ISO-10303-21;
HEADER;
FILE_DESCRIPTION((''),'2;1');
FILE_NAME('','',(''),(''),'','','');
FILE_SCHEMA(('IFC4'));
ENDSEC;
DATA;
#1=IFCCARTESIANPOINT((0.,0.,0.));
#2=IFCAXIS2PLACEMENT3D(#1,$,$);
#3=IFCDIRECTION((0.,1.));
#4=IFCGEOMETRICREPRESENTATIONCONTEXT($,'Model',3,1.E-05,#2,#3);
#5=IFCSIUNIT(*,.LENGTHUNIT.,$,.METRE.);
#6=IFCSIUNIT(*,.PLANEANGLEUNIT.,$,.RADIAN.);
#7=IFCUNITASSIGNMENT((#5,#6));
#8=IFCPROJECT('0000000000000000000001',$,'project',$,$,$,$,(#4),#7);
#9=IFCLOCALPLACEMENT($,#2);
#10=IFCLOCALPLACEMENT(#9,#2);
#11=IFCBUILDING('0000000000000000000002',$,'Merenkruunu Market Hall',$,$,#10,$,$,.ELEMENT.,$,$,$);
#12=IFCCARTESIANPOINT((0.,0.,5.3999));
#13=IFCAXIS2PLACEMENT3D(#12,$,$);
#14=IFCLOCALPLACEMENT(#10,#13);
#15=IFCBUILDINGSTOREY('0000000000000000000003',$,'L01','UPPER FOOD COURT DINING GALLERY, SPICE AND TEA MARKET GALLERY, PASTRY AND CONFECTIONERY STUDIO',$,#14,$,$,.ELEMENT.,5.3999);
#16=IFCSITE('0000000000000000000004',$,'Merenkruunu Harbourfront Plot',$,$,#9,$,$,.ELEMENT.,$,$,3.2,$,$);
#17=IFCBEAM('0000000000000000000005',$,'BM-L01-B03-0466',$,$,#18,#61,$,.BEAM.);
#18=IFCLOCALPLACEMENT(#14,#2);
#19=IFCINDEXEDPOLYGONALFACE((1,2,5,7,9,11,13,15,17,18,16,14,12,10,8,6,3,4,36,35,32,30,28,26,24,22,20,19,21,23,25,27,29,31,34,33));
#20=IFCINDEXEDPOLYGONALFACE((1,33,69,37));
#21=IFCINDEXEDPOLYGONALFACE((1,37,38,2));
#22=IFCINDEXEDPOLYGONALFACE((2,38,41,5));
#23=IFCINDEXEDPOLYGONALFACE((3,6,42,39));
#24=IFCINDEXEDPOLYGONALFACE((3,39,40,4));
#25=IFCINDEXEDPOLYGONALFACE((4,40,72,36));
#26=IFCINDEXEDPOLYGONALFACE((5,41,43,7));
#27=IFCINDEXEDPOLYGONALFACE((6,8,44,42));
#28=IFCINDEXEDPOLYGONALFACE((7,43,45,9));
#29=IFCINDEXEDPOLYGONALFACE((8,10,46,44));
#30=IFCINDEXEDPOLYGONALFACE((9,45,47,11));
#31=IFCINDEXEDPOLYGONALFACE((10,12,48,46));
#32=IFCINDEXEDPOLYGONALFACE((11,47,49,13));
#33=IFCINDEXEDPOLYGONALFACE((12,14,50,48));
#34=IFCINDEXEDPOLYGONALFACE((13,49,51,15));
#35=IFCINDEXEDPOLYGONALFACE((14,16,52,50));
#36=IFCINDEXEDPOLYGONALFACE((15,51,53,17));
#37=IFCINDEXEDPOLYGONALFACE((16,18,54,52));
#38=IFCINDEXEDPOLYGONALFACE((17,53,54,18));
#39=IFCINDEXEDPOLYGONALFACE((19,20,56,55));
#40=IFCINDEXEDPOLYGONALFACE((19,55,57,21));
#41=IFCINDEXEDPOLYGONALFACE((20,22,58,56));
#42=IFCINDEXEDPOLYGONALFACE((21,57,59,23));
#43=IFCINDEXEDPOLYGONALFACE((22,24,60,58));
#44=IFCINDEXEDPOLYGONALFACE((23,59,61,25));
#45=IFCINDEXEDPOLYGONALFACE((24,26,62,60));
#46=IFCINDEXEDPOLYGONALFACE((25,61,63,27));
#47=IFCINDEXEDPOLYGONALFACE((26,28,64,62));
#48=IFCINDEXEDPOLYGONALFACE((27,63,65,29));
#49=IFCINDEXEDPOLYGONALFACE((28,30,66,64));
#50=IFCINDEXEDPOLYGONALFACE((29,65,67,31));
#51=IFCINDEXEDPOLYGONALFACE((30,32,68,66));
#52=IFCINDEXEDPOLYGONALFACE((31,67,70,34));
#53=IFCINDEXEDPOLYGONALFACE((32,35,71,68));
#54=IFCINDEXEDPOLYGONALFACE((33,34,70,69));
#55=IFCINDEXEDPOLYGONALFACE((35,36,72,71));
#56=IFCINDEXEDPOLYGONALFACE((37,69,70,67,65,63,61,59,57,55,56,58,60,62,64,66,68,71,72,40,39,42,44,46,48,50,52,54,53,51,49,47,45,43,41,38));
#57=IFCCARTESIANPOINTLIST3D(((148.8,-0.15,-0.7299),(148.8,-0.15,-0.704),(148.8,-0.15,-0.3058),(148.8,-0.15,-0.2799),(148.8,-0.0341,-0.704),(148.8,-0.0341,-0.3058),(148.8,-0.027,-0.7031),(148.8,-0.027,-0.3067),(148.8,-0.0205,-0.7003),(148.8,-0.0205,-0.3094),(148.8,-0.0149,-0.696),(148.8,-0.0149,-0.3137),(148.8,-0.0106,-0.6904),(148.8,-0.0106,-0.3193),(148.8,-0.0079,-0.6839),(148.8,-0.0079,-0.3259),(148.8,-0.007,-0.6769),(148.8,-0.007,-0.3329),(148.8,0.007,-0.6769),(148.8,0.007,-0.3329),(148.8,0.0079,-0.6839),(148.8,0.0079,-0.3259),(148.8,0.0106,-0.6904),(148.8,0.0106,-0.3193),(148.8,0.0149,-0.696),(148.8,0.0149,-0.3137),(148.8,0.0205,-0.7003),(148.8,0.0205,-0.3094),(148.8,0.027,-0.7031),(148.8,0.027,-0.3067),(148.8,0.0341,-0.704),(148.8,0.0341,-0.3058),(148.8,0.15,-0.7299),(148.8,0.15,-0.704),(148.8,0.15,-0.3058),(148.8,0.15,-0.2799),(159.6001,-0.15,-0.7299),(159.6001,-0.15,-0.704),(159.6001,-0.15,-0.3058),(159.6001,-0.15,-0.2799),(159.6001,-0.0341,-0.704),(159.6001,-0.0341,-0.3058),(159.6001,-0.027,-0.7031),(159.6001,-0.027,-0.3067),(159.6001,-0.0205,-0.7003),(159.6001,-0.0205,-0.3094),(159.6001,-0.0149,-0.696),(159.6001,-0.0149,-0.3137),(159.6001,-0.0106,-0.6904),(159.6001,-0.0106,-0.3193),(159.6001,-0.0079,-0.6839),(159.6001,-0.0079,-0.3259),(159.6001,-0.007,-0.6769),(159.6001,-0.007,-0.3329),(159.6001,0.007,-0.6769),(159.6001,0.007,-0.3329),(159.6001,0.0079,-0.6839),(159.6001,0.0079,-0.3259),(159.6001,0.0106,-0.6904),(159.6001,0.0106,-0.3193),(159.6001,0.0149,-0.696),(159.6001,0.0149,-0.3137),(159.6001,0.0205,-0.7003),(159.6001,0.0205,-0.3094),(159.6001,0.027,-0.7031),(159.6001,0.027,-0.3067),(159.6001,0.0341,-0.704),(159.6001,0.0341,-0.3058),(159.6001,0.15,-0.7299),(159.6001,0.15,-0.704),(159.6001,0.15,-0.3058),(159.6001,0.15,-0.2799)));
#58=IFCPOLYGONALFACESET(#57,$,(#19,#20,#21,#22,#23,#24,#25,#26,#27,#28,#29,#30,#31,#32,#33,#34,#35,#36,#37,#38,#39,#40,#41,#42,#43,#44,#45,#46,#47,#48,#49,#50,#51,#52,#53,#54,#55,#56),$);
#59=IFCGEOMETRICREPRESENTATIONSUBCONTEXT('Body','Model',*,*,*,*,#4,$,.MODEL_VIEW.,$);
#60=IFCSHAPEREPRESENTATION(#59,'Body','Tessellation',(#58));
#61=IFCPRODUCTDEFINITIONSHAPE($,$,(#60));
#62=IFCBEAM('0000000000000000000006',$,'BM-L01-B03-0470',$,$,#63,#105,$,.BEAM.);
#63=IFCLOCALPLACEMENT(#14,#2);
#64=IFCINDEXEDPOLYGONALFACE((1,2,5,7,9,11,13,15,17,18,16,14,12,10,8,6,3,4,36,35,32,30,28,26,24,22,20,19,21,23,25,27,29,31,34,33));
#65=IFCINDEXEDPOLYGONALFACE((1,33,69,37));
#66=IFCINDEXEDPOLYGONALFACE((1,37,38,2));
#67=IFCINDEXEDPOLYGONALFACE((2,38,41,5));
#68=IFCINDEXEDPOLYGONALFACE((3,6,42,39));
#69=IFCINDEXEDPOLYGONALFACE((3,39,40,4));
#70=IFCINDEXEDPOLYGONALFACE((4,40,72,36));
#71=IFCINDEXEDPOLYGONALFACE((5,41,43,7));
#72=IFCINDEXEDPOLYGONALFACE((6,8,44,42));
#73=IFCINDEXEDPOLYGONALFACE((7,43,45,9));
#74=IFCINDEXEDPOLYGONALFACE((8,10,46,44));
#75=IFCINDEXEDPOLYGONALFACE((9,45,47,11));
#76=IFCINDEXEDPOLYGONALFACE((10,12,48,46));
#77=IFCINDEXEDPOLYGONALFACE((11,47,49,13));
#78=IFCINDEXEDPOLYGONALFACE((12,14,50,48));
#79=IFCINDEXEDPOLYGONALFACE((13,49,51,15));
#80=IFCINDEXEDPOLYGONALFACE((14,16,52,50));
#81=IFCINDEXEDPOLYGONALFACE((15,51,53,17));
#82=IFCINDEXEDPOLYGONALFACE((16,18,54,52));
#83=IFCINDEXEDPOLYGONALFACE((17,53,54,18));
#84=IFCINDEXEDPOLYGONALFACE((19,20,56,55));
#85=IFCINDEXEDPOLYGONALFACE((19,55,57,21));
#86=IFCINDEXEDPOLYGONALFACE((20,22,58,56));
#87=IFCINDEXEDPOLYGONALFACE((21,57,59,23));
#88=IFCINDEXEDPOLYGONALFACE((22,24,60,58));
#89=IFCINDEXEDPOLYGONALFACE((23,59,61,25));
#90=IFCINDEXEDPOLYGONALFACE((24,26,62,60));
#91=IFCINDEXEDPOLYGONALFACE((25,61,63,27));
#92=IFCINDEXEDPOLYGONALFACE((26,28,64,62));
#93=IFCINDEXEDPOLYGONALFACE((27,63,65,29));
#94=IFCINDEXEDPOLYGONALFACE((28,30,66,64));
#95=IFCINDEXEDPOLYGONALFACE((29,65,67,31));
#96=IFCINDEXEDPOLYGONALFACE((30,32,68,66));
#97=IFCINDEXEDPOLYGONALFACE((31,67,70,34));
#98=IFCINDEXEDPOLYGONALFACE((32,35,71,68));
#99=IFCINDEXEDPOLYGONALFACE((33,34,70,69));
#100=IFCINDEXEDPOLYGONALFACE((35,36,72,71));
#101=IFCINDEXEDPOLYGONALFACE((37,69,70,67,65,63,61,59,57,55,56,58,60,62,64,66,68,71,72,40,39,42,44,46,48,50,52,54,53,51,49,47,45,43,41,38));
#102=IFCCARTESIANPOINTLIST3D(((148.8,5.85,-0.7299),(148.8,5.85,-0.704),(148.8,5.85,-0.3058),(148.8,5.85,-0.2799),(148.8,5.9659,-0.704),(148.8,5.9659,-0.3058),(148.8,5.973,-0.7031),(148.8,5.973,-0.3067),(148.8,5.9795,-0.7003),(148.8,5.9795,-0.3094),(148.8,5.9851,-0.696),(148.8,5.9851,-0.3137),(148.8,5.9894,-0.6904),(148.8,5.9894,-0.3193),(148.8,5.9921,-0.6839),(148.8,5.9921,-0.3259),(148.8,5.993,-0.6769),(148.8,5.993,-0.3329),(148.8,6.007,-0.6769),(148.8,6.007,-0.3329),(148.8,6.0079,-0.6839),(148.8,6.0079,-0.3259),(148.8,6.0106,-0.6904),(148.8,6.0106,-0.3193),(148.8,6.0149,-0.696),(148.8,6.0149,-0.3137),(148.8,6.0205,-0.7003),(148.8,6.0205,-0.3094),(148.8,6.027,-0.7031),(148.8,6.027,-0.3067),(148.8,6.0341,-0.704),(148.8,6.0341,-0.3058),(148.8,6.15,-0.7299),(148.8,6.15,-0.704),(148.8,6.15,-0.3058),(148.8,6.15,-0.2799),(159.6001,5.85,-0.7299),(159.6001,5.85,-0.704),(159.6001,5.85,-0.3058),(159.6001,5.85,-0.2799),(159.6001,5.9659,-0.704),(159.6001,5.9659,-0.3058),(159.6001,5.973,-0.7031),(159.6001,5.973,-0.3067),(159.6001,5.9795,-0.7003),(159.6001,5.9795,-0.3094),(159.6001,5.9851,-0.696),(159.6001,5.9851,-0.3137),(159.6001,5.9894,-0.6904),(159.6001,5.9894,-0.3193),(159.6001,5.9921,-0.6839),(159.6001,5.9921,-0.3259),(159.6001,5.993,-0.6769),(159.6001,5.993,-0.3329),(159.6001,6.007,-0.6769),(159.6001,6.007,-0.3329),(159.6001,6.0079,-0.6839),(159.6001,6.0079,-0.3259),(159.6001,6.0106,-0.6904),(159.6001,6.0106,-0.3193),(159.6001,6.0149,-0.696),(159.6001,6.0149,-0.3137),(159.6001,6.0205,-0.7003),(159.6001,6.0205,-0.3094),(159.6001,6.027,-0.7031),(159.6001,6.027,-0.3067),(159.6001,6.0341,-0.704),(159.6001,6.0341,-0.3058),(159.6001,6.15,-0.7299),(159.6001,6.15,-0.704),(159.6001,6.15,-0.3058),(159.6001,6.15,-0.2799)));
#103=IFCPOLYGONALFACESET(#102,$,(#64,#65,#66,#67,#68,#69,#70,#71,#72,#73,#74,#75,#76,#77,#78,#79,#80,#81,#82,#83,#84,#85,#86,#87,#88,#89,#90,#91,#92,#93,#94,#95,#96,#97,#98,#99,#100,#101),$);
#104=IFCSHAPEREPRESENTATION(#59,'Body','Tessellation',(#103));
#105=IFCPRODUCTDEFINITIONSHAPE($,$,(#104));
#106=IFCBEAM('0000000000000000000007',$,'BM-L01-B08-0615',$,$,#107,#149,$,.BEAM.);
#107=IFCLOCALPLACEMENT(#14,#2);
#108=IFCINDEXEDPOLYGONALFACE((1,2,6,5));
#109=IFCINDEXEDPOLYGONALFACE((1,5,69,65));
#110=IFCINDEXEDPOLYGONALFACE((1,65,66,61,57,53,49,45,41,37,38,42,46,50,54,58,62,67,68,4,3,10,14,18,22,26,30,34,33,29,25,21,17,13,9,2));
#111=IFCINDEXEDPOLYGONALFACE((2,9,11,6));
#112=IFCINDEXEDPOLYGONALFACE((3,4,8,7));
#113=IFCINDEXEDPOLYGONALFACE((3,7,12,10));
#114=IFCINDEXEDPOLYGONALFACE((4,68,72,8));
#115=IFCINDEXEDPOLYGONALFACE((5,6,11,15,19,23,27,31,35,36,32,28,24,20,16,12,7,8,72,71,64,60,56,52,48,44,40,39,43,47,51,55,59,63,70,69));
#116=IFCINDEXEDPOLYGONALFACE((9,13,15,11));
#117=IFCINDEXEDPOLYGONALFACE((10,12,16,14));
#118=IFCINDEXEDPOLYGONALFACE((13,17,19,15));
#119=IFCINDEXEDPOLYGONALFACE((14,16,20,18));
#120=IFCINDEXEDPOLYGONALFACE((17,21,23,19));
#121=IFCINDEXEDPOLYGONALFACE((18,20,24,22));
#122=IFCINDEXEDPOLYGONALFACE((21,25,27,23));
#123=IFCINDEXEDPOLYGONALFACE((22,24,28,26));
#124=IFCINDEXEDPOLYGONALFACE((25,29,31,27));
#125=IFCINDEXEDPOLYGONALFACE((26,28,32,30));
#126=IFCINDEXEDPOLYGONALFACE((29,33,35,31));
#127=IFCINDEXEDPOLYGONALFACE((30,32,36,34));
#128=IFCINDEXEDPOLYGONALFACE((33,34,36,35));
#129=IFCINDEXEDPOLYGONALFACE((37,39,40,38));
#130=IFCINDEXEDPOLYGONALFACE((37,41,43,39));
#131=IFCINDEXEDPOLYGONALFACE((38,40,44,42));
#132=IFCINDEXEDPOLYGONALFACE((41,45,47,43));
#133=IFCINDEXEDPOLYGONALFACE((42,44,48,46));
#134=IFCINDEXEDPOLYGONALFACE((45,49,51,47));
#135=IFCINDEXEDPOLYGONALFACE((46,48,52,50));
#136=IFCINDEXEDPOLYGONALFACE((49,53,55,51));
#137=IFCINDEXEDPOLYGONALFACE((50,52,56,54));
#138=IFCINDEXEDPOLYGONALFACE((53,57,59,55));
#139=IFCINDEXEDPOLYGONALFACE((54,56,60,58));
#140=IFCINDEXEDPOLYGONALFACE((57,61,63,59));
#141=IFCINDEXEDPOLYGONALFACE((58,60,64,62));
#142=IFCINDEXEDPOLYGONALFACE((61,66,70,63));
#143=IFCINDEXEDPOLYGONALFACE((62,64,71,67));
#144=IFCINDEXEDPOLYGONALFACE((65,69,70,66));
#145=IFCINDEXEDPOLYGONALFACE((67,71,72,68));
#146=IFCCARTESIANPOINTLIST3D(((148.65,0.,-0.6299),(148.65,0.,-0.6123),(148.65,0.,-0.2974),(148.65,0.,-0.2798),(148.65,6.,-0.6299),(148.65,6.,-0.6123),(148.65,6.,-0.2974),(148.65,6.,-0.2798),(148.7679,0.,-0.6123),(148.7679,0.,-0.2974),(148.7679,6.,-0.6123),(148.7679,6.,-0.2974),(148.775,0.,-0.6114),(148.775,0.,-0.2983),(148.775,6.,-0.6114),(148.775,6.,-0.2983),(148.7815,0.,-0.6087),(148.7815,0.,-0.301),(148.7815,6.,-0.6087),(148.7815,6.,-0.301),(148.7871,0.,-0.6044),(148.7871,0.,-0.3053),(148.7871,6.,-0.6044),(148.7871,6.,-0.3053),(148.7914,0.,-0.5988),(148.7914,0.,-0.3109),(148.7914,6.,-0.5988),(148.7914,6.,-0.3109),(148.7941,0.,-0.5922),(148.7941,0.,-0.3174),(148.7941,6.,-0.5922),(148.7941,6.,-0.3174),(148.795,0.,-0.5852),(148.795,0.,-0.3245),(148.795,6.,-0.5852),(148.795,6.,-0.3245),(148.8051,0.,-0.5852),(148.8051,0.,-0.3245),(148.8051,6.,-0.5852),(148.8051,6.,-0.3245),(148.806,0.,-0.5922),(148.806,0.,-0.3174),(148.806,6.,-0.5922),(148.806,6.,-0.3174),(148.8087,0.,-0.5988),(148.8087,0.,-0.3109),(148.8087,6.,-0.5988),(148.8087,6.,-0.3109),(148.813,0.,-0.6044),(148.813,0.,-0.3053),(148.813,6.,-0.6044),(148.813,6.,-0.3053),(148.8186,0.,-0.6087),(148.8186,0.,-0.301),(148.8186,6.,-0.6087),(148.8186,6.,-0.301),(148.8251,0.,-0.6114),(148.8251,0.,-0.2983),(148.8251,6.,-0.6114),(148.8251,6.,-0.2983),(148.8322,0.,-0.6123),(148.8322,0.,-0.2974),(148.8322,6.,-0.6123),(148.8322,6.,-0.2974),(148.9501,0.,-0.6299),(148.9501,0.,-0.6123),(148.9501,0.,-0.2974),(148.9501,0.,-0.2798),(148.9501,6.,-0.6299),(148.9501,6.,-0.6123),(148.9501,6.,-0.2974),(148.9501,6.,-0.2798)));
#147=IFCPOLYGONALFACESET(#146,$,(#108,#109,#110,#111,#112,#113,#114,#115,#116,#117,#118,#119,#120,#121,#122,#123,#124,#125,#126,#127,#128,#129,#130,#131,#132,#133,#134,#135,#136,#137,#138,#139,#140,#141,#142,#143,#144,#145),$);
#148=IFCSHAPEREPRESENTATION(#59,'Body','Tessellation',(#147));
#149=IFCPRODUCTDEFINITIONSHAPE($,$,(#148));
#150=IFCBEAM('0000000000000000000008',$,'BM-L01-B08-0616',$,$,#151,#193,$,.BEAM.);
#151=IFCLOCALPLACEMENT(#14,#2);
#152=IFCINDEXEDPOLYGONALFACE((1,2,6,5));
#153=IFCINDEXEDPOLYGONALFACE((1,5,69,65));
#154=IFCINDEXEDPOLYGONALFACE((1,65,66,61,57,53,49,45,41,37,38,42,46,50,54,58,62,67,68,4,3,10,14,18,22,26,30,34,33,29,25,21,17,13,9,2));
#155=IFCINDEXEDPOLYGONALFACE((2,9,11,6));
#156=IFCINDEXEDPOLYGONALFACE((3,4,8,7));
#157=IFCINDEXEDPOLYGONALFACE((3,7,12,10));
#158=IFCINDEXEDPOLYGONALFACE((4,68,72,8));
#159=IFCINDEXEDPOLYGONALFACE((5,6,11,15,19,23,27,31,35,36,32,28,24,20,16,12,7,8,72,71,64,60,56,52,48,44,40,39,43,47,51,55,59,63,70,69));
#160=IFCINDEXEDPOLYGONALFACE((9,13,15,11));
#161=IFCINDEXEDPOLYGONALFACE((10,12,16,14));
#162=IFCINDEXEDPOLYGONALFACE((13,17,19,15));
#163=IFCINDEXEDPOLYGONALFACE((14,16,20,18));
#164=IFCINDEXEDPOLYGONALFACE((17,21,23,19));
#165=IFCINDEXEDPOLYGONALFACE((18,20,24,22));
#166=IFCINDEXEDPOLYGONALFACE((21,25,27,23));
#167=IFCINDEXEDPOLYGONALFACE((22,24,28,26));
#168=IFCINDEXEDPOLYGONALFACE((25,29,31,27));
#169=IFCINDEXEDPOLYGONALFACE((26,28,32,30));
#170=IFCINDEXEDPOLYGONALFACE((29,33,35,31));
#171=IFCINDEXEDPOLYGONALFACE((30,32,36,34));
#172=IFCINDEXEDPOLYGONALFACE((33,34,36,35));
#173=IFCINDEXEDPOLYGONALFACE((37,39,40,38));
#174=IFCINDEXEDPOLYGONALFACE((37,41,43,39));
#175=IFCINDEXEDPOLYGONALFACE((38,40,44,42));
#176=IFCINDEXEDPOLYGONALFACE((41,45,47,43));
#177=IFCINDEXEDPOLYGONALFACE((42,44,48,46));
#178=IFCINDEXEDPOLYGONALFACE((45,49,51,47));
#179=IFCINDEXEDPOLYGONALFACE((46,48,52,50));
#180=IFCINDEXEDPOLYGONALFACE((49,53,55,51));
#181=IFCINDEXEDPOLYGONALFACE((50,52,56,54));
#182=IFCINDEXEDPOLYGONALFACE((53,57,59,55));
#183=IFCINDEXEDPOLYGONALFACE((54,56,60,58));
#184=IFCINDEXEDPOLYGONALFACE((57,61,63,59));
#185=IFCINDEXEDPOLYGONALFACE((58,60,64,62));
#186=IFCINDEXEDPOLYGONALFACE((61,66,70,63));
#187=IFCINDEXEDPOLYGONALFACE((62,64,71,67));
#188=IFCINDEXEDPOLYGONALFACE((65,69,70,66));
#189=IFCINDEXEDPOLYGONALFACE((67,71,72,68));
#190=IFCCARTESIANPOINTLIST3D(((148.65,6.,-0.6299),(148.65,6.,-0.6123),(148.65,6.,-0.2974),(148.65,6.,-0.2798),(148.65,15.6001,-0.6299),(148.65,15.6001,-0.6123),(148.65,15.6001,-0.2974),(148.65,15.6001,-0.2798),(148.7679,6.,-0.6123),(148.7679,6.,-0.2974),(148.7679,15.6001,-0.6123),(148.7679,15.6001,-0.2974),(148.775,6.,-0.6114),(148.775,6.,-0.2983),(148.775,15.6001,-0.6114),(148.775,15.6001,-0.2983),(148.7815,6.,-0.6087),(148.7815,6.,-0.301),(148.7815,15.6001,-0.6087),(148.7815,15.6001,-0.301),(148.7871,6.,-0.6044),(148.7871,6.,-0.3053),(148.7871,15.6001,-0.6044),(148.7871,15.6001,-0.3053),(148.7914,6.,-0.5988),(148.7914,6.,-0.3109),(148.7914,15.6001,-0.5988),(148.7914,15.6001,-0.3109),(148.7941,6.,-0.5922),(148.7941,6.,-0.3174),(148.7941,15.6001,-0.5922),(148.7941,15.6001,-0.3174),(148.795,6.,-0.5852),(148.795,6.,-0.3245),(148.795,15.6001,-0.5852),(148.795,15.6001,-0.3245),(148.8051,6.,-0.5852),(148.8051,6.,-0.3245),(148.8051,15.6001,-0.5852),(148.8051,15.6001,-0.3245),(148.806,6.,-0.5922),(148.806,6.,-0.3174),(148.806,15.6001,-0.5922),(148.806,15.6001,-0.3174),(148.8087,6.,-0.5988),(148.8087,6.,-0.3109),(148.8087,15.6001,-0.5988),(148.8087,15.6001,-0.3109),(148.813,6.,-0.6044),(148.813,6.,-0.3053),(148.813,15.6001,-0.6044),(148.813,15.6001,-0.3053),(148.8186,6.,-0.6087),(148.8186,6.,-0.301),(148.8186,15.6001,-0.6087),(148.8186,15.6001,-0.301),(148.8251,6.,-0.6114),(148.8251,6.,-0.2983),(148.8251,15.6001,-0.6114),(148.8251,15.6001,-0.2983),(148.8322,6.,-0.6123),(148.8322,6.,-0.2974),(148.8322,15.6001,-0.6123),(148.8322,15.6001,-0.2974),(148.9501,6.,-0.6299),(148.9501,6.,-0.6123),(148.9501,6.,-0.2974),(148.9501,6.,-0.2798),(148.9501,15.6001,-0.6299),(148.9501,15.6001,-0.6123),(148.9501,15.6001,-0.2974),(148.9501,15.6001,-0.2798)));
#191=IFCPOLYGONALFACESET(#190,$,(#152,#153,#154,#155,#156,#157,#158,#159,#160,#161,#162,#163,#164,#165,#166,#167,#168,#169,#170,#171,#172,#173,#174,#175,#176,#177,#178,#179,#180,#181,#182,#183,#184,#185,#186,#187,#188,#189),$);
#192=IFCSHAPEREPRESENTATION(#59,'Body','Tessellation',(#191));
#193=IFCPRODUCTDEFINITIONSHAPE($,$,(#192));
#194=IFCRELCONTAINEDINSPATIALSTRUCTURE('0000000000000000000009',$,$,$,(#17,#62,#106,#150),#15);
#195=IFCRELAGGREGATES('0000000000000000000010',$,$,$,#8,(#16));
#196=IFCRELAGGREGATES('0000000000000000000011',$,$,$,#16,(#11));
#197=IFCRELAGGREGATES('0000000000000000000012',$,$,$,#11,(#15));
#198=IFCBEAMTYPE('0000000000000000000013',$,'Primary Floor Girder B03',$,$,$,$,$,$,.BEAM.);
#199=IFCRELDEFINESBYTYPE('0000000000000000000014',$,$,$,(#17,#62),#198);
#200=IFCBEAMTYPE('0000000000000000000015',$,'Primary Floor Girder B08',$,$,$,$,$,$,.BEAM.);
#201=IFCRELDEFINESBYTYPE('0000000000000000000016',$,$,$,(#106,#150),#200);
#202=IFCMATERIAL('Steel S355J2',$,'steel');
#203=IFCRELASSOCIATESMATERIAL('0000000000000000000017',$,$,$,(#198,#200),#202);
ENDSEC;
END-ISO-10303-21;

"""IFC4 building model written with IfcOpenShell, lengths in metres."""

from ifc_helpers import new_model, si_unit, direction, frame, origin, origin_2d, place, context, subcontext, project, spatial, i_section, extrude, material, material_profile, profile_set, type_object, element, save


model = new_model("IFC4")

# Units and contexts
model_context = context("Model", 3, precision=1e-05, world=origin(), true_north=direction((0.0, 1.0)))
body_context = subcontext(model_context, "Body", "Model", "MODEL_VIEW")
ifc_project = project(units=[si_unit("LENGTHUNIT", "METRE"), si_unit("PLANEANGLEUNIT", "RADIAN")], contexts=[model_context])

# Site, building, storey
site_placement = place(None, origin())
site = spatial("IfcSite", under=ifc_project, at=site_placement, Name="Merenkruunu Harbourfront Plot", CompositionType="ELEMENT", RefElevation=3.2)
building_placement = place(site_placement, origin())
building = spatial("IfcBuilding", under=site, at=building_placement, Name="Merenkruunu Market Hall", CompositionType="ELEMENT")
storey_placement = place(building_placement, frame((0.0, 0.0, 5.3999)))
storey = spatial("IfcBuildingStorey", under=building, at=storey_placement, Name="L01", Description="UPPER FOOD COURT DINING GALLERY, SPICE AND TEA MARKET GALLERY, PASTRY AND CONFECTIONERY STUDIO", CompositionType="ELEMENT", Elevation=5.3999)

# Shared definitions
ifc_material_1 = material(Name="Steel S355J2", Category="steel")

# Beams
ifc_material_profile_1 = material_profile(ifc_material_1, i_section(OverallWidth=0.3, OverallDepth=0.45, WebThickness=0.0139, FlangeThickness=0.0259, FilletRadius=0.0271, at=origin_2d()), Name="HEB 450")
ifc_profile_set_1 = profile_set([ifc_material_profile_1], Name="Steel S355J2")
beam_type_1 = type_object("IfcBeamType", Name="Primary Floor Girder B03", PredefinedType="BEAM", material=ifc_profile_set_1)
for number, where, z_axis, x_axis, name in (
    (1, (148.8, 0.0, -0.5049), (1.0, 0.0, 0.0), (0.0, 1.0, 0.0), "BM-L01-B03-0466"),
    (2, (148.8, 6.0, -0.5049), (1.0, 0.0, 0.0), (0.0, 1.0, 0.0), "BM-L01-B03-0470"),
):
    element("IfcBeam", number, at=place(storey_placement, frame(where, z_axis=z_axis, x_axis=x_axis)), inside=storey, type_object=beam_type_1, Name=name, PredefinedType="BEAM", context=body_context, shape_type="SweptSolid", body=[
        extrude(i_section(OverallWidth=0.3, OverallDepth=0.45, WebThickness=0.0139, FlangeThickness=0.0259, FilletRadius=0.0271, at=origin_2d()), origin(), (0.0, 0.0, 1.0), 10.8),
    ])
ifc_material_profile_2 = material_profile(ifc_material_1, i_section(OverallWidth=0.3, OverallDepth=0.3501, WebThickness=0.01, FlangeThickness=0.0176, FilletRadius=0.0271, at=origin_2d()), Name="HEA 360")
ifc_profile_set_2 = profile_set([ifc_material_profile_2], Name="Steel S355J2")
beam_type_2 = type_object("IfcBeamType", Name="Primary Floor Girder B08", PredefinedType="BEAM", material=ifc_profile_set_2)
beam_1_placement = place(storey_placement, frame((148.8, 0.0, -0.4548), z_axis=(0.0, 1.0, 0.0), x_axis=(-1.0, 0.0, 0.0)))
element("IfcBeam", 3, at=beam_1_placement, inside=storey, type_object=beam_type_2, Name="BM-L01-B08-0615", PredefinedType="BEAM", context=body_context, shape_type="SweptSolid", body=[
    extrude(i_section(OverallWidth=0.3, OverallDepth=0.3501, WebThickness=0.01, FlangeThickness=0.0176, FilletRadius=0.0271, at=origin_2d()), origin(), (0.0, 0.0, 1.0), 6.0),
])
beam_2_placement = place(storey_placement, frame((148.8, 6.0, -0.4548), z_axis=(0.0, 1.0, 0.0), x_axis=(-1.0, 0.0, 0.0)))
element("IfcBeam", 4, at=beam_2_placement, inside=storey, type_object=beam_type_2, Name="BM-L01-B08-0616", PredefinedType="BEAM", context=body_context, shape_type="SweptSolid", body=[
    extrude(i_section(OverallWidth=0.3, OverallDepth=0.3501, WebThickness=0.01, FlangeThickness=0.0176, FilletRadius=0.0271, at=origin_2d()), origin(), (0.0, 0.0, 1.0), 9.6001),
])

save(model, "model.ifc")
